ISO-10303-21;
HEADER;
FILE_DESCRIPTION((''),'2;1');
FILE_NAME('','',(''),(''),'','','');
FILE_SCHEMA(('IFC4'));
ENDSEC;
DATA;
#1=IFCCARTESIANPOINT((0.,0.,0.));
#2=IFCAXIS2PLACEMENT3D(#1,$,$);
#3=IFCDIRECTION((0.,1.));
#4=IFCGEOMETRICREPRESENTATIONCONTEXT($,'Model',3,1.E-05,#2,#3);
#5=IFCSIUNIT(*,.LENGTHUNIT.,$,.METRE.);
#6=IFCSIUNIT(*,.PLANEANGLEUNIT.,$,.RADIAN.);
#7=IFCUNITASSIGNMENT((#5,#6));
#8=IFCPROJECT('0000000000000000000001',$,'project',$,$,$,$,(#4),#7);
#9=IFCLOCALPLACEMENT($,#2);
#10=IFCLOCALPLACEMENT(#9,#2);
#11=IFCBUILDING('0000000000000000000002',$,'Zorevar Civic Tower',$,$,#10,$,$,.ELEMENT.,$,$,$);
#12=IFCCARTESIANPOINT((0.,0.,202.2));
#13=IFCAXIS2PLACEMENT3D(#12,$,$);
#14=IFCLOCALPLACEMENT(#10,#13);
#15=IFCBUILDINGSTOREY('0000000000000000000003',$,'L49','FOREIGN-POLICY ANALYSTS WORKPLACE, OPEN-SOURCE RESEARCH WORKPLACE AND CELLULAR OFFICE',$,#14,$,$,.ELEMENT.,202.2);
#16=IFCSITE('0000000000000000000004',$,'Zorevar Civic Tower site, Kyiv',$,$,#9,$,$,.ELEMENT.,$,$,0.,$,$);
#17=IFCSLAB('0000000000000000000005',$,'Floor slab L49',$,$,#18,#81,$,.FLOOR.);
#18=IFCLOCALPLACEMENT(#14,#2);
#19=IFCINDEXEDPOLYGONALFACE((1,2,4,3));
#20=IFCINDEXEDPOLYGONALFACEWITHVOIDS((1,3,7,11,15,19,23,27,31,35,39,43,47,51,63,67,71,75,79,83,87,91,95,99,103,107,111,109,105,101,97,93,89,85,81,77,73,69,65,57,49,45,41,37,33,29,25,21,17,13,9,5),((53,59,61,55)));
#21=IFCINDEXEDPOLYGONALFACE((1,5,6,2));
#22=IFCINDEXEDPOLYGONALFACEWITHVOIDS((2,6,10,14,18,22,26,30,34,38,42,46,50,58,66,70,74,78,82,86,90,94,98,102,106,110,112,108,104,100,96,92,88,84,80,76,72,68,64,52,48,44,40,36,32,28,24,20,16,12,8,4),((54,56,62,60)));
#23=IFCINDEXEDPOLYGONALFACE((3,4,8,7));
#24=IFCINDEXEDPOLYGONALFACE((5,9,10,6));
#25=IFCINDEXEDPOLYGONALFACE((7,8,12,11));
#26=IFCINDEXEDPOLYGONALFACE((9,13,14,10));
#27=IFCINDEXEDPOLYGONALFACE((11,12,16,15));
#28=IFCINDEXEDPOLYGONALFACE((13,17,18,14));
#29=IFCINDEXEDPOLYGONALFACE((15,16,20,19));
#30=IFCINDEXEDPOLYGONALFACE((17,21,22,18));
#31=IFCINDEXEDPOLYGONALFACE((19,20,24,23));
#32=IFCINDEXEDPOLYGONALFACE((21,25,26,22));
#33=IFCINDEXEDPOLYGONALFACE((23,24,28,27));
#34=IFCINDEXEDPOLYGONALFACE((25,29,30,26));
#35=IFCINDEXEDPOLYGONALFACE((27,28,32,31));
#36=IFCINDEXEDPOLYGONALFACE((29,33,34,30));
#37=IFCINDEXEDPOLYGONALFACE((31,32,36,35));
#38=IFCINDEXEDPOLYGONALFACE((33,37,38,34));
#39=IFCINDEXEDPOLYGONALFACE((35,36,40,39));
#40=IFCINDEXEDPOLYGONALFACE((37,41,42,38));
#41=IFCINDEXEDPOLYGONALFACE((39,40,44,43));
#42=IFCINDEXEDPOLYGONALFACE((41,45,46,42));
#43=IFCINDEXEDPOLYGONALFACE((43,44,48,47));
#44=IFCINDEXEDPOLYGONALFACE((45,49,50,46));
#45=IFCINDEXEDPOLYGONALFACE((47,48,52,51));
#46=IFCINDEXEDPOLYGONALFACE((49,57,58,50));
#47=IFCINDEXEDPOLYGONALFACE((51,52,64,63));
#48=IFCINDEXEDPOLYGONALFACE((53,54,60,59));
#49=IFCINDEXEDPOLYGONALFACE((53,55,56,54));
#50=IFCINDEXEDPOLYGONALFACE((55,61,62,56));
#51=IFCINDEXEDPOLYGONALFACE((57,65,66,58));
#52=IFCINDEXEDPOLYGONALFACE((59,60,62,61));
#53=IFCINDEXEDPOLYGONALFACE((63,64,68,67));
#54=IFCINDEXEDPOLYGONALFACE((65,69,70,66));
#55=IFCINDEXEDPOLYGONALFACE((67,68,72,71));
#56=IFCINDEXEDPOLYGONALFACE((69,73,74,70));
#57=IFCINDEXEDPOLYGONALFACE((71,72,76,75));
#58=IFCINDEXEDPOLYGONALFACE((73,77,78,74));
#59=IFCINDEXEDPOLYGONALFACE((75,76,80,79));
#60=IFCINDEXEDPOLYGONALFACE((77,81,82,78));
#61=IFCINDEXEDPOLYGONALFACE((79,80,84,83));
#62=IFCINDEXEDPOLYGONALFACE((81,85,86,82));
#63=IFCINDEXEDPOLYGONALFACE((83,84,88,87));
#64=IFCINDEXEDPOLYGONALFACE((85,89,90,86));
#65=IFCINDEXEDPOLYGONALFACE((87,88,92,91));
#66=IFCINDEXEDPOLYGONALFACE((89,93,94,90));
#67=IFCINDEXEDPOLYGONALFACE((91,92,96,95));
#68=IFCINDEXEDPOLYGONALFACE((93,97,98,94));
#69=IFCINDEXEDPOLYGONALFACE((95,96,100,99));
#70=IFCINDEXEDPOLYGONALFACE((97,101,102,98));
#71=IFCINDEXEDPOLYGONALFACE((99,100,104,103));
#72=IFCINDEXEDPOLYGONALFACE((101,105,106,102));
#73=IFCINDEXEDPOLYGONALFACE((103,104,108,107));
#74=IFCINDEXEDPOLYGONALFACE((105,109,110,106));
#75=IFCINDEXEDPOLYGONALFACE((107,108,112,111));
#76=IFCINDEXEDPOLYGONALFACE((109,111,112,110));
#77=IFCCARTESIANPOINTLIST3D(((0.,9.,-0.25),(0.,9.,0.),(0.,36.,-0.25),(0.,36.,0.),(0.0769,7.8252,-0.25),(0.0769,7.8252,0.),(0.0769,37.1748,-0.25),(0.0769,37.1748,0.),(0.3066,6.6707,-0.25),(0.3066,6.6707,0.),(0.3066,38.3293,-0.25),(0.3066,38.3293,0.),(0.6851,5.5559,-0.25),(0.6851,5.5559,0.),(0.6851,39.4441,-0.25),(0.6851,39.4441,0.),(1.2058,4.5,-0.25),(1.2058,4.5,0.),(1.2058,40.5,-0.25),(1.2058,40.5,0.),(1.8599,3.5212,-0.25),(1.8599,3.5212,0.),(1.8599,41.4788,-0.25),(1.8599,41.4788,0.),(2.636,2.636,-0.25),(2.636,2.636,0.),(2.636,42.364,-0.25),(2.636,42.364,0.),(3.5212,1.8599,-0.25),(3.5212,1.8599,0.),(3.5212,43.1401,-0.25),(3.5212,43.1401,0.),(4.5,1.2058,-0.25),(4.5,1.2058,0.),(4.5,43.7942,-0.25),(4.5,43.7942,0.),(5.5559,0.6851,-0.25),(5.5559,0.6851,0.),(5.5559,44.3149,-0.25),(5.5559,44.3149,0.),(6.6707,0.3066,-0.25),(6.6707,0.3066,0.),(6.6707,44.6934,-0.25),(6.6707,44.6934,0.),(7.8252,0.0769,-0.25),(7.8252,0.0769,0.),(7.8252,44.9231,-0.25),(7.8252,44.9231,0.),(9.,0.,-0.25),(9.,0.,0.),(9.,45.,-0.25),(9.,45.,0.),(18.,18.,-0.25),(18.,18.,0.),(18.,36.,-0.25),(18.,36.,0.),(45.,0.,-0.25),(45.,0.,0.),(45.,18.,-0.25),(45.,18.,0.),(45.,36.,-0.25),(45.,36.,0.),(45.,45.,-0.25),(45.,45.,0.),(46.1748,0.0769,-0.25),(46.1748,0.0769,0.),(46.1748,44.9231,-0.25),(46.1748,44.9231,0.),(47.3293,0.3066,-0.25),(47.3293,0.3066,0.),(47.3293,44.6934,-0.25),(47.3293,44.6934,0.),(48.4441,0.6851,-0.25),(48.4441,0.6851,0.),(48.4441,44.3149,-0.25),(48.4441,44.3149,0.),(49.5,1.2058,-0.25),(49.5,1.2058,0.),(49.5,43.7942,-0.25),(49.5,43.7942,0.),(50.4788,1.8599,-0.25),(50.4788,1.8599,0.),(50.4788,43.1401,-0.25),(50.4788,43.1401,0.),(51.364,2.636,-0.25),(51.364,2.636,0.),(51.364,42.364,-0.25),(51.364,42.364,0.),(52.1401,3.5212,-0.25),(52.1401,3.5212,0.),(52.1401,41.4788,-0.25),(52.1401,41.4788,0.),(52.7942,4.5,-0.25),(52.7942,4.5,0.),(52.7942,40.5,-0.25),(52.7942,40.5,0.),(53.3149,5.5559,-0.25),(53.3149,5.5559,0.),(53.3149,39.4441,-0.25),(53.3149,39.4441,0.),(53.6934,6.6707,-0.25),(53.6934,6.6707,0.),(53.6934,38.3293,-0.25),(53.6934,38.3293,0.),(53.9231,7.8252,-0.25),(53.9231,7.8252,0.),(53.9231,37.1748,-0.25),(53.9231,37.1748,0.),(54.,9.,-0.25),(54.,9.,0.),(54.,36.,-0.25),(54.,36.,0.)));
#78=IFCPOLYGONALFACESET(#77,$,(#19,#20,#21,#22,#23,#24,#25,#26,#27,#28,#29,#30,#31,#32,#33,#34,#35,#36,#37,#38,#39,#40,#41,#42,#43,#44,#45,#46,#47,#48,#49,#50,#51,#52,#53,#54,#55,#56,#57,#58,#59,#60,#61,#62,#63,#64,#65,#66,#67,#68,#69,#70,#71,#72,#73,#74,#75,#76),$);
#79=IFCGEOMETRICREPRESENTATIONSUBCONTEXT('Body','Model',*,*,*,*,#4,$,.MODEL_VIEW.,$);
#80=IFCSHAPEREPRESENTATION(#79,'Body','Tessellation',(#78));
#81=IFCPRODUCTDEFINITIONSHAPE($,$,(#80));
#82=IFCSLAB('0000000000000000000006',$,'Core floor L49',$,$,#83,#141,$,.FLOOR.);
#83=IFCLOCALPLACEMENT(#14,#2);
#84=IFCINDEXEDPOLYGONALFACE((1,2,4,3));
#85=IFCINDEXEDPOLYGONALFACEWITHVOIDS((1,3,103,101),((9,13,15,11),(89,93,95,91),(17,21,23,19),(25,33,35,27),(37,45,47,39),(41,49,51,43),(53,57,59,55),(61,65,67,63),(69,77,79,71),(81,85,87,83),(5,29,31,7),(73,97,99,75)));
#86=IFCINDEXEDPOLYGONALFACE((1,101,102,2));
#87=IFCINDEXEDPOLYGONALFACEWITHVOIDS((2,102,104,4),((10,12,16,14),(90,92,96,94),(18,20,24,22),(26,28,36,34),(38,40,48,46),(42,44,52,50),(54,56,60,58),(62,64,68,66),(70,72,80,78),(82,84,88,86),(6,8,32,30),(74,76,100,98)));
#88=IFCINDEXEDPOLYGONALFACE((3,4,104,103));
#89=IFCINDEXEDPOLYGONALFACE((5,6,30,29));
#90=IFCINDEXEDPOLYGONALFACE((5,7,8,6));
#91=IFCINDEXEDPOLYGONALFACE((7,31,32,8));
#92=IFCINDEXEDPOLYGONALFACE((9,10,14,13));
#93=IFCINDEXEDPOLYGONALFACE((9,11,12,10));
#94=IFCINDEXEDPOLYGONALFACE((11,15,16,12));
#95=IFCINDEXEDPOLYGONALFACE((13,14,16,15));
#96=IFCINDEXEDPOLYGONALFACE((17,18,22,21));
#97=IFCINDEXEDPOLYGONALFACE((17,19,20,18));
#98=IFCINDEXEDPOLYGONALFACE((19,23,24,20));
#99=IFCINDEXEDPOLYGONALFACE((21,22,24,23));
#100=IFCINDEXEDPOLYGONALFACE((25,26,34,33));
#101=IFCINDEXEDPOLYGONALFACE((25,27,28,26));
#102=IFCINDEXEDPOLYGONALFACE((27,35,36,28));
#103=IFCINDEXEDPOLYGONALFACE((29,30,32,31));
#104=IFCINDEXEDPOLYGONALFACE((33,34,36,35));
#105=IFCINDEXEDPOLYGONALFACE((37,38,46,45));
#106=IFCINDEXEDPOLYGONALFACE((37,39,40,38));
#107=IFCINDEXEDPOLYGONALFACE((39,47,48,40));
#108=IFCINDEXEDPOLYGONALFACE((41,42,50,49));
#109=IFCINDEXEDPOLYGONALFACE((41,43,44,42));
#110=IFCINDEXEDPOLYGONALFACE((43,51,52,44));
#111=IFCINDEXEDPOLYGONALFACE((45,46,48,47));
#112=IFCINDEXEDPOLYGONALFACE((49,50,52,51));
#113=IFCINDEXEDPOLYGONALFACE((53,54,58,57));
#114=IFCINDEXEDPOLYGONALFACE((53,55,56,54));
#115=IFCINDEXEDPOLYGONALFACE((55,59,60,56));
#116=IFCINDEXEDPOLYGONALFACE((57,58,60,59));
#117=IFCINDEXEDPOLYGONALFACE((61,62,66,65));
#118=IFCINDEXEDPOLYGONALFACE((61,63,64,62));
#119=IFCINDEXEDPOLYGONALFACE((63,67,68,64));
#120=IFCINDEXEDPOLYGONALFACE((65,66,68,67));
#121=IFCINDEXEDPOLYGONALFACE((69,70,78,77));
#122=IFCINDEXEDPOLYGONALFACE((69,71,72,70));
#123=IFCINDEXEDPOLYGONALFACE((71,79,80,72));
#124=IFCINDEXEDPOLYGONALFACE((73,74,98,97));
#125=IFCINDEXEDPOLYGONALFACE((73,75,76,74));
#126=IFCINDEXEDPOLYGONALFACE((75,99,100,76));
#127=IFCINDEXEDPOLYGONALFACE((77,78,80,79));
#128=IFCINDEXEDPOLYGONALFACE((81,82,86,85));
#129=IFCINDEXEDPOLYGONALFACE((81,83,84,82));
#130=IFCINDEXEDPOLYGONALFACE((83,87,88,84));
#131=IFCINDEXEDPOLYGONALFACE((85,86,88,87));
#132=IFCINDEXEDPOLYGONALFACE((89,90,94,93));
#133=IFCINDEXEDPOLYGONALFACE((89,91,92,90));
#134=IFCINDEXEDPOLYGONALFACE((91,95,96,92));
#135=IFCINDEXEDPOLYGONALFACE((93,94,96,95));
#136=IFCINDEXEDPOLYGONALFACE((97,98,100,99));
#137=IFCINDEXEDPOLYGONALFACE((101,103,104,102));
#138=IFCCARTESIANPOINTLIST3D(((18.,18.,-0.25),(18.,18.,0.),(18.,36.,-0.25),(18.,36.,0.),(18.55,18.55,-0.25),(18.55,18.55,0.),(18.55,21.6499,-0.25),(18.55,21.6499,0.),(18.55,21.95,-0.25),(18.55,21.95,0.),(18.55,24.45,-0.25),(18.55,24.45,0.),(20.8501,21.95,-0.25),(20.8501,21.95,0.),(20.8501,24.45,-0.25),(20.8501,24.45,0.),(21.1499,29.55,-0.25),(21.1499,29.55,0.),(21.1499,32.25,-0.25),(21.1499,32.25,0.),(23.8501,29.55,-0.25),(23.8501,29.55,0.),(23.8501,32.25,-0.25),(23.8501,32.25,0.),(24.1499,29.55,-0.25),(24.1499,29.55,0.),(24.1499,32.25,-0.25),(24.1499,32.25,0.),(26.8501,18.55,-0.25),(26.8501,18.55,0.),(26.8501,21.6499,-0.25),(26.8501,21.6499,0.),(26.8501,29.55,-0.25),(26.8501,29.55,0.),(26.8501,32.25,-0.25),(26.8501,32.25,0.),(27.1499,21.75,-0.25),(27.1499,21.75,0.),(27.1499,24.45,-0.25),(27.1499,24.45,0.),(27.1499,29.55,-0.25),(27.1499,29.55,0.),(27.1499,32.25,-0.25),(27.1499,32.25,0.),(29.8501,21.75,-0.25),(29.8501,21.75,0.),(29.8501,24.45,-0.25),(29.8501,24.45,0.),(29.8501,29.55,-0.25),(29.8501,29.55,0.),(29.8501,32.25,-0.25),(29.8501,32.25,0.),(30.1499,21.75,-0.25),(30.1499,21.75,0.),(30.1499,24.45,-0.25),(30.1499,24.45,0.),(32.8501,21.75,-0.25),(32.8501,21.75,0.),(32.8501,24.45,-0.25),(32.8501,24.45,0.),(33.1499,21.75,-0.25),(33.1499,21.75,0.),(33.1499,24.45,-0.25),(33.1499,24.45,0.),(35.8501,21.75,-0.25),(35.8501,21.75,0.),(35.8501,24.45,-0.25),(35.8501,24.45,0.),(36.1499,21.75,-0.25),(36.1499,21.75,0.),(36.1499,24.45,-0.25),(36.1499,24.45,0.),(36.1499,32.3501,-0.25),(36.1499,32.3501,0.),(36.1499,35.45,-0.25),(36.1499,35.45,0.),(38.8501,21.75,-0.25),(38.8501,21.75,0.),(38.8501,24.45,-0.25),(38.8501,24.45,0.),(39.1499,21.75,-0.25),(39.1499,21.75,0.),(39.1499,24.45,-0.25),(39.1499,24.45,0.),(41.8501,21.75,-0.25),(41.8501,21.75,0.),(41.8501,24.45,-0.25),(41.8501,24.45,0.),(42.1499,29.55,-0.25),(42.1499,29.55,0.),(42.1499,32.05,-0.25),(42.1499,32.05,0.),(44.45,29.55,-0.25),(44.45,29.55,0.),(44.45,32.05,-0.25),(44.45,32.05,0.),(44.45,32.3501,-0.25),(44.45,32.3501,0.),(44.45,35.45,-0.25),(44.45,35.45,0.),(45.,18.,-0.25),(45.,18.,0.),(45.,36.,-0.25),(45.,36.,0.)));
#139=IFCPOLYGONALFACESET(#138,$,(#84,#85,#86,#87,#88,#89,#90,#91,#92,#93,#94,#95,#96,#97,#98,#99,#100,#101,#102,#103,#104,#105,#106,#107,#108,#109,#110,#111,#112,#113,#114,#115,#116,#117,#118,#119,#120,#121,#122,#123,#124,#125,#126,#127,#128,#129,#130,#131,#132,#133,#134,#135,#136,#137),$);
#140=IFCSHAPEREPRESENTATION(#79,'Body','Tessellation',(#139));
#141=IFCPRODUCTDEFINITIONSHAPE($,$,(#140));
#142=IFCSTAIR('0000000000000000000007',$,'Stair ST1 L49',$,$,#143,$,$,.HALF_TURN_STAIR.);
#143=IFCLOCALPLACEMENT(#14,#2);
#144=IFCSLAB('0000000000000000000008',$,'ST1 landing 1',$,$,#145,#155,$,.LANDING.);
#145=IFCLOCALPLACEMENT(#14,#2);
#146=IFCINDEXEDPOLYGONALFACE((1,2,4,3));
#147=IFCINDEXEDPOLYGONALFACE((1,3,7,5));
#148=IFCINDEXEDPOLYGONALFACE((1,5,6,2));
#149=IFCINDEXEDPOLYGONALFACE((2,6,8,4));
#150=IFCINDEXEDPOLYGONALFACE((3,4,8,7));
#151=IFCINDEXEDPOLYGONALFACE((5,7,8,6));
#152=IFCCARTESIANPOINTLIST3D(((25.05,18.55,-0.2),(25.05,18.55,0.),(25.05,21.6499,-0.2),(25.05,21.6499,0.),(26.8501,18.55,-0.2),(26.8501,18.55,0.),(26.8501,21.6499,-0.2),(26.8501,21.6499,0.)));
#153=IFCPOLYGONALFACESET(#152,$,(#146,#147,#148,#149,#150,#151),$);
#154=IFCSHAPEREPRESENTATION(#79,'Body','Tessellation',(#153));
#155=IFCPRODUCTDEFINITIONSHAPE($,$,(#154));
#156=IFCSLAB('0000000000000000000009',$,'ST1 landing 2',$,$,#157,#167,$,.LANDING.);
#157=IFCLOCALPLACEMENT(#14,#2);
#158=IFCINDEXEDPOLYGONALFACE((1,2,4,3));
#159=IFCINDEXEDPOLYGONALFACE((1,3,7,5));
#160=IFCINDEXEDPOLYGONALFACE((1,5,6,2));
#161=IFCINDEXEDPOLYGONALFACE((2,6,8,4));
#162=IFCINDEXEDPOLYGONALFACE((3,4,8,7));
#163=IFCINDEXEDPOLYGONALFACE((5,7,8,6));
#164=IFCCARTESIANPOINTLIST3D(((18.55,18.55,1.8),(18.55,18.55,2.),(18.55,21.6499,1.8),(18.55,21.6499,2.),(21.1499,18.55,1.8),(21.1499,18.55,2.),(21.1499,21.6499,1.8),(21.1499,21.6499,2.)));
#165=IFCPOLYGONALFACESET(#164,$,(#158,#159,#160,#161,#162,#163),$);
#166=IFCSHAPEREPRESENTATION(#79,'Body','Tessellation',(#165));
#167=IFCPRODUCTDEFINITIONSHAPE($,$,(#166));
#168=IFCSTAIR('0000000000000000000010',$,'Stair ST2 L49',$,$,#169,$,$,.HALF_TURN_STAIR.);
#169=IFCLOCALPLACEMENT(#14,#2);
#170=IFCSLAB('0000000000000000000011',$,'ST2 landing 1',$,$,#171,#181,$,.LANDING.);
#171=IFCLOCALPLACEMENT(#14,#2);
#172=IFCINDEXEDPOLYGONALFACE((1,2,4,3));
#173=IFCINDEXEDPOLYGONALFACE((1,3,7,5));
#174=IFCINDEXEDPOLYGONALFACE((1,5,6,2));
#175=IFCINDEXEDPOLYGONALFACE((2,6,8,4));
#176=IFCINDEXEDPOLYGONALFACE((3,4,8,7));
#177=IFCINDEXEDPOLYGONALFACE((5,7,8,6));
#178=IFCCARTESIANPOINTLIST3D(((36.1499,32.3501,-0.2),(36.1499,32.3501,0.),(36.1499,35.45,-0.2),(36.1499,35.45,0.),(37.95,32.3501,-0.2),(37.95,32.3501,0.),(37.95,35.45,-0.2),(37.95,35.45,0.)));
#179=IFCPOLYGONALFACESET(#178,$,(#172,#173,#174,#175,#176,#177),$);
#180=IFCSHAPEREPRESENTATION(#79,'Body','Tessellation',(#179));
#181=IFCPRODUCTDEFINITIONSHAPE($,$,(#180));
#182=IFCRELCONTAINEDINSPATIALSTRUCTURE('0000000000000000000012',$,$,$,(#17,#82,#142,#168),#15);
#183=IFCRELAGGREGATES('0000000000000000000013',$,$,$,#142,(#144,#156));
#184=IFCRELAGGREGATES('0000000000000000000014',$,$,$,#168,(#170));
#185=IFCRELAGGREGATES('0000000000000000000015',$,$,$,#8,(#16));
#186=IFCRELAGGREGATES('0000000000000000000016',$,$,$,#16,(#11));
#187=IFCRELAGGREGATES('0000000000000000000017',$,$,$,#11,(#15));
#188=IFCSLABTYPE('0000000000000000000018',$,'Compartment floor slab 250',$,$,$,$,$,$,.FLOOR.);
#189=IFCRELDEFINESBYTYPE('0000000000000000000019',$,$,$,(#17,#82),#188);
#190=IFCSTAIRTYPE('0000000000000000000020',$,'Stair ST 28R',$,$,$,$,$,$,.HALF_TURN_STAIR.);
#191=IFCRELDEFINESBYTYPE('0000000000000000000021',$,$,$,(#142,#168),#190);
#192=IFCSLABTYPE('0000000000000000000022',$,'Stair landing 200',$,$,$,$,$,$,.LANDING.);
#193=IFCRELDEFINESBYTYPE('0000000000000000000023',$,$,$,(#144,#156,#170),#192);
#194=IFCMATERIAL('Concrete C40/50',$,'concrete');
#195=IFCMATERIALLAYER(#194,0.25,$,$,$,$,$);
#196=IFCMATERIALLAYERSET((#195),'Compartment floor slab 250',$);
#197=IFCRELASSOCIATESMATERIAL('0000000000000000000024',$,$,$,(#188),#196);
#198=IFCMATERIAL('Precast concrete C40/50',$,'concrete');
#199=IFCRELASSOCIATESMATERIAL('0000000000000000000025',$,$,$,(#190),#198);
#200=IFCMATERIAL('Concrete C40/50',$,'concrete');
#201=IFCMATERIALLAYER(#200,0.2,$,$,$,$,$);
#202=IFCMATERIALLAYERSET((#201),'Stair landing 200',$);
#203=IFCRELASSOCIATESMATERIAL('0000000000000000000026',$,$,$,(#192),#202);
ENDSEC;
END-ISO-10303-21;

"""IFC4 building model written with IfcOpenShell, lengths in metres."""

from ifc_helpers import new_model, si_unit, direction, frame, origin, place, context, subcontext, project, spatial, polyline, outline, extrude, material, layer, layer_set, type_object, element, aggregate, save


model = new_model("IFC4")

# Units and contexts
model_context = context("Model", 3, precision=1e-05, world=origin(), true_north=direction((0.0, 1.0)))
body_context = subcontext(model_context, "Body", "Model", "MODEL_VIEW")
ifc_project = project(units=[si_unit("LENGTHUNIT", "METRE"), si_unit("PLANEANGLEUNIT", "RADIAN")], contexts=[model_context])

# Site, building, storey
site_placement = place(None, origin())
site = spatial("IfcSite", under=ifc_project, at=site_placement, Name="Zorevar Civic Tower site, Kyiv", CompositionType="ELEMENT", RefElevation=0.0)
building_placement = place(site_placement, origin())
building = spatial("IfcBuilding", under=site, at=building_placement, Name="Zorevar Civic Tower", CompositionType="ELEMENT")
storey_placement = place(building_placement, frame((0.0, 0.0, 202.2)))
storey = spatial("IfcBuildingStorey", under=building, at=storey_placement, Name="L49", Description="FOREIGN-POLICY ANALYSTS WORKPLACE, OPEN-SOURCE RESEARCH WORKPLACE AND CELLULAR OFFICE", CompositionType="ELEMENT", Elevation=202.2)

# Slabs
ifc_material_1 = material(Name="Concrete C40/50", Category="concrete")
ifc_layer_1 = layer(ifc_material_1, 0.25)
ifc_layer_set_1 = layer_set([ifc_layer_1], Name="Compartment floor slab 250")
slab_type_1 = type_object("IfcSlabType", Name="Compartment floor slab 250", PredefinedType="FLOOR", material=ifc_layer_set_1)
slab_1_placement = place(storey_placement, frame((0.0, 0.0, -0.25)))
element("IfcSlab", 1, at=slab_1_placement, inside=storey, type_object=slab_type_1, Name="Floor slab L49", PredefinedType="FLOOR", context=body_context, shape_type="SweptSolid", body=[
    extrude(outline(polyline([(45.0, 0.0), (46.1748, 0.0769), (47.3293, 0.3066), (48.4441, 0.6851), (49.5, 1.2058), (50.4788, 1.8599), (51.364, 2.636), (52.1401, 3.5212), (52.7942, 4.5), (53.3149, 5.5559), (53.6934, 6.6707), (53.9231, 7.8252), (54.0, 9.0), (54.0, 36.0), (53.9231, 37.1748), (53.6934, 38.3293), (53.3149, 39.4441), (52.7942, 40.5), (52.1401, 41.4788), (51.364, 42.364), (50.4788, 43.1401), (49.5, 43.7942), (48.4441, 44.3149), (47.3293, 44.6934), (46.1748, 44.9231), (45.0, 45.0), (9.0, 45.0), (7.8252, 44.9231), (6.6707, 44.6934), (5.5559, 44.3149), (4.5, 43.7942), (3.5212, 43.1401), (2.636, 42.364), (1.8599, 41.4788), (1.2058, 40.5), (0.6851, 39.4441), (0.3066, 38.3293), (0.0769, 37.1748), (0.0, 36.0), (0.0, 9.0), (0.0769, 7.8252), (0.3066, 6.6707), (0.6851, 5.5559), (1.2058, 4.5), (1.8599, 3.5212), (2.636, 2.636), (3.5212, 1.8599), (4.5, 1.2058), (5.5559, 0.6851), (6.6707, 0.3066), (7.8252, 0.0769), (9.0, 0.0), (45.0, 0.0)]), holes=[polyline([(18.0, 18.0), (45.0, 18.0), (45.0, 36.0), (18.0, 36.0), (18.0, 18.0)])]), origin(), (0.0, 0.0, 1.0), 0.25),
])
slab_2_placement = place(storey_placement, frame((0.0, 0.0, -0.25)))
element("IfcSlab", 2, at=slab_2_placement, inside=storey, type_object=slab_type_1, Name="Core floor L49", PredefinedType="FLOOR", context=body_context, shape_type="SweptSolid", body=[
    extrude(outline(polyline([(18.0, 18.0), (45.0, 18.0), (45.0, 36.0), (18.0, 36.0), (18.0, 18.0)]), holes=[polyline([(18.55, 18.55), (26.8501, 18.55), (26.8501, 21.6499), (18.55, 21.6499), (18.55, 18.55)]), polyline([(36.1499, 32.3501), (44.45, 32.3501), (44.45, 35.45), (36.1499, 35.45), (36.1499, 32.3501)]), polyline([(18.55, 21.95), (20.8501, 21.95), (20.8501, 24.45), (18.55, 24.45), (18.55, 21.95)]), polyline([(42.1499, 29.55), (44.45, 29.55), (44.45, 32.05), (42.1499, 32.05), (42.1499, 29.55)]), polyline([(27.1499, 21.75), (29.8501, 21.75), (29.8501, 24.45), (27.1499, 24.45), (27.1499, 21.75)]), polyline([(30.1499, 21.75), (32.8501, 21.75), (32.8501, 24.45), (30.1499, 24.45), (30.1499, 21.75)]), polyline([(33.1499, 21.75), (35.8501, 21.75), (35.8501, 24.45), (33.1499, 24.45), (33.1499, 21.75)]), polyline([(27.1499, 29.55), (29.8501, 29.55), (29.8501, 32.25), (27.1499, 32.25), (27.1499, 29.55)]), polyline([(36.1499, 21.75), (38.8501, 21.75), (38.8501, 24.45), (36.1499, 24.45), (36.1499, 21.75)]), polyline([(24.1499, 29.55), (26.8501, 29.55), (26.8501, 32.25), (24.1499, 32.25), (24.1499, 29.55)]), polyline([(39.1499, 21.75), (41.8501, 21.75), (41.8501, 24.45), (39.1499, 24.45), (39.1499, 21.75)]), polyline([(21.1499, 29.55), (23.8501, 29.55), (23.8501, 32.25), (21.1499, 32.25), (21.1499, 29.55)])]), origin(), (0.0, 0.0, 1.0), 0.25),
])

# Stairs, slabs
ifc_material_2 = material(Name="Precast concrete C40/50", Category="concrete")
stair_type = type_object("IfcStairType", Name="Stair ST 28R", PredefinedType="HALF_TURN_STAIR", material=ifc_material_2)
stair_1_placement = place(storey_placement, origin())
stair_1 = element("IfcStair", 3, at=stair_1_placement, inside=storey, type_object=stair_type, Name="Stair ST1 L49", PredefinedType="HALF_TURN_STAIR")
ifc_material_3 = material(Name="Concrete C40/50", Category="concrete")
ifc_layer_2 = layer(ifc_material_3, 0.2)
ifc_layer_set_2 = layer_set([ifc_layer_2], Name="Stair landing 200")
slab_type_2 = type_object("IfcSlabType", Name="Stair landing 200", PredefinedType="LANDING", material=ifc_layer_set_2)
slab_3_placement = place(storey_placement, frame((0.0, 0.0, -0.2)))
slab_3 = element("IfcSlab", 4, at=slab_3_placement, type_object=slab_type_2, Name="ST1 landing 1", PredefinedType="LANDING", context=body_context, shape_type="SweptSolid", body=[
    extrude(outline(polyline([(25.05, 18.55), (26.8501, 18.55), (26.8501, 21.6499), (25.05, 21.6499), (25.05, 18.55)])), origin(), (0.0, 0.0, 1.0), 0.2),
])
slab_4_placement = place(storey_placement, frame((0.0, 0.0, 1.8)))
slab_4 = element("IfcSlab", 5, at=slab_4_placement, type_object=slab_type_2, Name="ST1 landing 2", PredefinedType="LANDING", context=body_context, shape_type="SweptSolid", body=[
    extrude(outline(polyline([(18.55, 18.55), (21.1499, 18.55), (21.1499, 21.6499), (18.55, 21.6499), (18.55, 18.55)])), origin(), (0.0, 0.0, 1.0), 0.2),
])
aggregate(stair_1, [slab_3, slab_4])
stair_2_placement = place(storey_placement, origin())
stair_2 = element("IfcStair", 6, at=stair_2_placement, inside=storey, type_object=stair_type, Name="Stair ST2 L49", PredefinedType="HALF_TURN_STAIR")
slab_5_placement = place(storey_placement, frame((0.0, 0.0, -0.2)))
slab_5 = element("IfcSlab", 7, at=slab_5_placement, type_object=slab_type_2, Name="ST2 landing 1", PredefinedType="LANDING", context=body_context, shape_type="SweptSolid", body=[
    extrude(outline(polyline([(37.95, 32.3501), (36.1499, 32.3501), (36.1499, 35.45), (37.95, 35.45), (37.95, 32.3501)])), origin(), (0.0, 0.0, 1.0), 0.2),
])
aggregate(stair_2, [slab_5])

save(model, "model.ifc")
